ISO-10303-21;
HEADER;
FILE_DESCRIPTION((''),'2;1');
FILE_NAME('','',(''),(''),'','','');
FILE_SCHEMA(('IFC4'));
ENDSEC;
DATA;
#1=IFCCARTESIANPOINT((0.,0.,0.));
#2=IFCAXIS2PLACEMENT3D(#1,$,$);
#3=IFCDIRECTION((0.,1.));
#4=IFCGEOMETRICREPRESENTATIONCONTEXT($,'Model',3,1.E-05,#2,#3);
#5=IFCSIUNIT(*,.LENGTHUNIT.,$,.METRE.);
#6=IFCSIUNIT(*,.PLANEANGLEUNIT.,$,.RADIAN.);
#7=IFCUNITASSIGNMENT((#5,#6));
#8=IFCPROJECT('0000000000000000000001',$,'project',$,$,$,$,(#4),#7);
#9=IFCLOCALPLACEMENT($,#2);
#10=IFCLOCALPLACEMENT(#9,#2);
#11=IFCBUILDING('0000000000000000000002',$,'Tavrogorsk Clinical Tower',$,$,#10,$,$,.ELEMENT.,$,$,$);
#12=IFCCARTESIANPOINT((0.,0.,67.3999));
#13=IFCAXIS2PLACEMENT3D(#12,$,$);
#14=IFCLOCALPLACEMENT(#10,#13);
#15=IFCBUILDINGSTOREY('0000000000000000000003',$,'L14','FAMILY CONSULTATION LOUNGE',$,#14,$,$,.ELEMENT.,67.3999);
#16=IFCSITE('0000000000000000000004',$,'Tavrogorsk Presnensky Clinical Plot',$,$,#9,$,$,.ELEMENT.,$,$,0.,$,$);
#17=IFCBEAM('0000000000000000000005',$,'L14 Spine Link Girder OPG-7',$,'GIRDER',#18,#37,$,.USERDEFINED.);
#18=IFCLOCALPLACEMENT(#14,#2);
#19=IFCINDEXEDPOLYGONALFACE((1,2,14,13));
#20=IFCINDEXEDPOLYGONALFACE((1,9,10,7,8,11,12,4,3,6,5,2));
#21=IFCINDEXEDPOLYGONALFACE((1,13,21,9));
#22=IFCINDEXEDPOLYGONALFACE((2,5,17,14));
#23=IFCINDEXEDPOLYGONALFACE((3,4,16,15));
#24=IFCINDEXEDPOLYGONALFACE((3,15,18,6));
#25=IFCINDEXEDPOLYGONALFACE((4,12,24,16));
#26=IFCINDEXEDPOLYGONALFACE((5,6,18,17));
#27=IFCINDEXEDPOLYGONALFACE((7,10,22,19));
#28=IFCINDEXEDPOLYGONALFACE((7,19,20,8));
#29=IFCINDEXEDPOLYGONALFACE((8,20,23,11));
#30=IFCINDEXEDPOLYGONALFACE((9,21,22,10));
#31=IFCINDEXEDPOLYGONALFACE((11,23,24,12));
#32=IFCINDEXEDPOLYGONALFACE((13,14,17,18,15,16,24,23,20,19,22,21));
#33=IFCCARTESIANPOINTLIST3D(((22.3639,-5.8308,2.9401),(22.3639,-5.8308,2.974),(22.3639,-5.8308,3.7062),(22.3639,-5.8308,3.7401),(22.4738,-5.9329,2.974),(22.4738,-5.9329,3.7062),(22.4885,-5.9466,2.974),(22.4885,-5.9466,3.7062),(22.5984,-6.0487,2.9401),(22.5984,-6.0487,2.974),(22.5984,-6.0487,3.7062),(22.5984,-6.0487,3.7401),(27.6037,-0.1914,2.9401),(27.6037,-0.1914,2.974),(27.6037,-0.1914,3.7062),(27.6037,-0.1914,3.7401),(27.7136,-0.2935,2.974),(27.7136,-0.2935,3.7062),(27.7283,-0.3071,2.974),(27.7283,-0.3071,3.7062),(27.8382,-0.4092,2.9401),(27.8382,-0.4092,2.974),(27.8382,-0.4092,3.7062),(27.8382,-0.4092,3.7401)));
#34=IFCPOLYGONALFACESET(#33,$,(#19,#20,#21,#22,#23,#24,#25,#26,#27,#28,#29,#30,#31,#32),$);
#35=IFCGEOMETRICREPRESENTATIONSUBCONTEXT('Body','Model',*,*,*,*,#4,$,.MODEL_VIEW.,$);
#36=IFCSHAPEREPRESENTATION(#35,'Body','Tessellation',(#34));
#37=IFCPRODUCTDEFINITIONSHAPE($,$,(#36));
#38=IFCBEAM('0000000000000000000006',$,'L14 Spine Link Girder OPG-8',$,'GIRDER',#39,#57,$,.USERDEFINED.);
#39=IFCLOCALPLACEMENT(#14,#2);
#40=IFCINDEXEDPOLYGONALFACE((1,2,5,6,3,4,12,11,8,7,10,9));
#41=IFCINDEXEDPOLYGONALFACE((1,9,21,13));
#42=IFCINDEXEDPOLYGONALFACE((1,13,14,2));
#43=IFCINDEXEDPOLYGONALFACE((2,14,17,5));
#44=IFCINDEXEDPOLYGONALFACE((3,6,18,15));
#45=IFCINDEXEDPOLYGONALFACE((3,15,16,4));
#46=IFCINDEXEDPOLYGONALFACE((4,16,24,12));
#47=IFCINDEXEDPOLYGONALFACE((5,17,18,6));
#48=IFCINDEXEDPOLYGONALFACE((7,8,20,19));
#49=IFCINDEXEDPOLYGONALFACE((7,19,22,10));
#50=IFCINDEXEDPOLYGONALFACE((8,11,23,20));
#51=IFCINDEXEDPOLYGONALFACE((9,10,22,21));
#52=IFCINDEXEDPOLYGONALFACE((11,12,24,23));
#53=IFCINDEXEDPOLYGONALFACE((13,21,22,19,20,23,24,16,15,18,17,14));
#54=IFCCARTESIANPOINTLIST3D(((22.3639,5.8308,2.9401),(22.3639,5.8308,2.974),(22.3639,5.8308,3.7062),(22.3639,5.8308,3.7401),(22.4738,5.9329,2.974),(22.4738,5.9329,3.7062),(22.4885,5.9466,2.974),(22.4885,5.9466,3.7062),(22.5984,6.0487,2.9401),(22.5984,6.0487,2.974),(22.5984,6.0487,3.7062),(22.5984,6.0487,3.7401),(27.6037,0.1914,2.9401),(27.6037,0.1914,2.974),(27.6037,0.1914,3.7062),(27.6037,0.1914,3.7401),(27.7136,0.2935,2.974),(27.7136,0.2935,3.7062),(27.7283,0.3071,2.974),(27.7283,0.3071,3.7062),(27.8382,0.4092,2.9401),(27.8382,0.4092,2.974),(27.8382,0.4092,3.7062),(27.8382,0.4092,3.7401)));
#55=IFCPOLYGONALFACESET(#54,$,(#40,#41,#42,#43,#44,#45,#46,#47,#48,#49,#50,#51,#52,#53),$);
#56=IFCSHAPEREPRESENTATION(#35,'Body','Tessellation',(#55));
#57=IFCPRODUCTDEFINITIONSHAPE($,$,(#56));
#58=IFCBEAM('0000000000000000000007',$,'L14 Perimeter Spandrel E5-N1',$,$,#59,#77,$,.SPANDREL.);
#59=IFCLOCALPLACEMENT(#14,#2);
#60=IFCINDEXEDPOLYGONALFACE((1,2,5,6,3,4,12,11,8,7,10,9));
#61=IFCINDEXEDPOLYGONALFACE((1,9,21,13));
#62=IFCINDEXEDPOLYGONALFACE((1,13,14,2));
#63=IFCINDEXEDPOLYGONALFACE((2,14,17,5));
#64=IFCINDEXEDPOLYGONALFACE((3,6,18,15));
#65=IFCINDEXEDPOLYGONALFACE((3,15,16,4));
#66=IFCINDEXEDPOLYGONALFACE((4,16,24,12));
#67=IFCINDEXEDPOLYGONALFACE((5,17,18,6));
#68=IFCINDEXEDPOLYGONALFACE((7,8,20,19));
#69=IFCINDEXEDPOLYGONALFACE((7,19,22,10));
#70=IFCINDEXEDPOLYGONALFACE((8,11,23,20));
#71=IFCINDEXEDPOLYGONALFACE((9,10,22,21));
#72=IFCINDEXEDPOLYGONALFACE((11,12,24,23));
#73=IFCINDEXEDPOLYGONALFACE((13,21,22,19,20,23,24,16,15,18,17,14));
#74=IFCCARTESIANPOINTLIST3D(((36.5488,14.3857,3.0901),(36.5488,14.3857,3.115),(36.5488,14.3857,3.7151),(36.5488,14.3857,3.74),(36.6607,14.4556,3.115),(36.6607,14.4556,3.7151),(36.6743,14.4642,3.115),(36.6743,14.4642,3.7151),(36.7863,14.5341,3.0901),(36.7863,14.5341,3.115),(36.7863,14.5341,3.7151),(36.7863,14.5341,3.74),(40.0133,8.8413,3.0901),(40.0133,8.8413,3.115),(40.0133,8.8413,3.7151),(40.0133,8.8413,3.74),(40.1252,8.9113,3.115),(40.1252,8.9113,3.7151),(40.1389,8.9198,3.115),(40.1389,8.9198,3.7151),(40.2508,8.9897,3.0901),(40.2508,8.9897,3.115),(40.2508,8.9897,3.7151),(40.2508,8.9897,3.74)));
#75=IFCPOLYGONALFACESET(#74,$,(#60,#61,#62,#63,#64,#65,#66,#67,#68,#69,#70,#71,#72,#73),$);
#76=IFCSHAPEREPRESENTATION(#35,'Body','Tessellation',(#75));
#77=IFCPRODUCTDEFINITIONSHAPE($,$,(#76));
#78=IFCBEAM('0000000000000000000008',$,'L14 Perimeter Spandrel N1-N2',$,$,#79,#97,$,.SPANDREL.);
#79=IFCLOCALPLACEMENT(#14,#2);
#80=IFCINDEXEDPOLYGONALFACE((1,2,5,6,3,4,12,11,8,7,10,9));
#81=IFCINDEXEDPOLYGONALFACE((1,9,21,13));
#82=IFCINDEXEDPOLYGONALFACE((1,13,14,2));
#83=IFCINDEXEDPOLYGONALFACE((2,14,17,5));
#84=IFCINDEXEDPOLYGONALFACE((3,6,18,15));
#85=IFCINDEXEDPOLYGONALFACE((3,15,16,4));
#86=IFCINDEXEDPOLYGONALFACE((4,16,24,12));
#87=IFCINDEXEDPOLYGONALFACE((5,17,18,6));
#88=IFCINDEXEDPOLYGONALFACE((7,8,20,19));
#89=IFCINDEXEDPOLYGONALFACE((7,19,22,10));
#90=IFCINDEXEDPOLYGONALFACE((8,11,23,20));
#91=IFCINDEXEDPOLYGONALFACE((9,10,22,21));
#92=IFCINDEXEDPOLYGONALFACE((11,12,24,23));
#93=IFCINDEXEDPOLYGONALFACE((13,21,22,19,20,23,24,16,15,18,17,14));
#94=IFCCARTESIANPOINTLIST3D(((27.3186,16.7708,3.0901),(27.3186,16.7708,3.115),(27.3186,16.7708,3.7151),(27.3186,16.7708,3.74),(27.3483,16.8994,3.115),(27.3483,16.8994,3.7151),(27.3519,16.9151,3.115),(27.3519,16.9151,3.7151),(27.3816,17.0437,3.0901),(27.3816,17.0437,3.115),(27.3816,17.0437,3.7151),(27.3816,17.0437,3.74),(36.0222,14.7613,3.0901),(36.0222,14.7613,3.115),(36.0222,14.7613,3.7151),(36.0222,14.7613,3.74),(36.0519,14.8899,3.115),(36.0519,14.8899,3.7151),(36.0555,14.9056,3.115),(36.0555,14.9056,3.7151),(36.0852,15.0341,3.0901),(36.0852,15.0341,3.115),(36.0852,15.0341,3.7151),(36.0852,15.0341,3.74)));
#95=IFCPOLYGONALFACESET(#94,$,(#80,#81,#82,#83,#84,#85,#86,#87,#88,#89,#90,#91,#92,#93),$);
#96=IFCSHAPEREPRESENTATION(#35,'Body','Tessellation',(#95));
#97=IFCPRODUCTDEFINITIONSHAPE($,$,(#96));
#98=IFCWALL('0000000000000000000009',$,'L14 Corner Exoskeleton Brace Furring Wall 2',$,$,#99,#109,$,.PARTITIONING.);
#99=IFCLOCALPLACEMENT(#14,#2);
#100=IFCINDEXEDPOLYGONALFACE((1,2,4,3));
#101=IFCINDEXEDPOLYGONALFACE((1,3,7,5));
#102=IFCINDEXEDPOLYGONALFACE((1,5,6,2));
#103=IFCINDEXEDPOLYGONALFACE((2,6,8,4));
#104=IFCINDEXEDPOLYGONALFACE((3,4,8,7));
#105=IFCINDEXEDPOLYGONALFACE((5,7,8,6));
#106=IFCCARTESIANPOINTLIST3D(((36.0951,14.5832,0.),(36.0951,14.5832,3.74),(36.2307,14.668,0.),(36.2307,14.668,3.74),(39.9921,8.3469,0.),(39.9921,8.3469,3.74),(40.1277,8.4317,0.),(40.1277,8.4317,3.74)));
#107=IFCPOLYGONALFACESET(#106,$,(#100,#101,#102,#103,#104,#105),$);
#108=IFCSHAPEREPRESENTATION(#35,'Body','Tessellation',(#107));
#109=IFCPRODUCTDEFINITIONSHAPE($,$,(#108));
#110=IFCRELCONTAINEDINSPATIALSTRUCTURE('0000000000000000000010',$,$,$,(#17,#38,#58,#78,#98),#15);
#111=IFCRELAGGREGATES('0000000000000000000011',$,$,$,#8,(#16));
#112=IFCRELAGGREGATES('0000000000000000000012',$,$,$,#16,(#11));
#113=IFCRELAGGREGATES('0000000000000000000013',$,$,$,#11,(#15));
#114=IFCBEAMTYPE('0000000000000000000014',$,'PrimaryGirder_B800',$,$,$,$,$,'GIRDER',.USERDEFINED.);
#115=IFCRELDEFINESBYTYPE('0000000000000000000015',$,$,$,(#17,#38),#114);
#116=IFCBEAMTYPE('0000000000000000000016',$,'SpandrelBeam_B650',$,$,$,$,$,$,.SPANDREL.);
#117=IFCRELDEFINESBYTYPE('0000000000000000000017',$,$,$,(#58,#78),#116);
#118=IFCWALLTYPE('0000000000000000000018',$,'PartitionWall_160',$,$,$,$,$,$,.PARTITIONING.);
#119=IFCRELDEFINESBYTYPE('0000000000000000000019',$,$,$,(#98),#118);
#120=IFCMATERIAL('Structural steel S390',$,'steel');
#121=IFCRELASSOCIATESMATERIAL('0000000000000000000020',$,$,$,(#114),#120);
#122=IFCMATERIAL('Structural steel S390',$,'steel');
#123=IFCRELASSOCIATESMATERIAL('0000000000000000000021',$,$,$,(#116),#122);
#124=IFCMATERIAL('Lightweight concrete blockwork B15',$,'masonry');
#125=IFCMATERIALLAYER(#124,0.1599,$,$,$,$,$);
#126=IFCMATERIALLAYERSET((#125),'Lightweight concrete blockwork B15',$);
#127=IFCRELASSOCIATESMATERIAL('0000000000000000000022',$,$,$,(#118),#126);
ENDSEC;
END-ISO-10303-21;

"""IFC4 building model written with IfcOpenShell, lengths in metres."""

from ifc_helpers import new_model, si_unit, direction, frame, frame_2d, origin, origin_2d, place, context, subcontext, project, spatial, rectangle, i_section, extrude, material, layer, layer_set, material_profile, profile_set, type_object, element, save


model = new_model("IFC4")

# Units and contexts
model_context = context("Model", 3, precision=1e-05, world=origin(), true_north=direction((0.0, 1.0)))
body_context = subcontext(model_context, "Body", "Model", "MODEL_VIEW")
ifc_project = project(units=[si_unit("LENGTHUNIT", "METRE"), si_unit("PLANEANGLEUNIT", "RADIAN")], contexts=[model_context])

# Site, building, storey
site_placement = place(None, origin())
site = spatial("IfcSite", under=ifc_project, at=site_placement, Name="Tavrogorsk Presnensky Clinical Plot", CompositionType="ELEMENT", RefElevation=0.0)
building_placement = place(site_placement, origin())
building = spatial("IfcBuilding", under=site, at=building_placement, Name="Tavrogorsk Clinical Tower", CompositionType="ELEMENT")
storey_placement = place(building_placement, frame((0.0, 0.0, 67.3999)))
storey = spatial("IfcBuildingStorey", under=building, at=storey_placement, Name="L14", Description="FAMILY CONSULTATION LOUNGE", CompositionType="ELEMENT", Elevation=67.3999)

# Beams
ifc_material_1 = material(Name="Structural steel S390", Category="steel")
ifc_material_profile_1 = material_profile(ifc_material_1, i_section(OverallWidth=0.3201, OverallDepth=0.8, WebThickness=0.02, FlangeThickness=0.0339, at=origin_2d()), Name="B-800x320x20x34")
ifc_profile_set_1 = profile_set([ifc_material_profile_1], Name="Structural steel S390")
beam_type_1 = type_object("IfcBeamType", Name="PrimaryGirder_B800", ElementType="GIRDER", PredefinedType="USERDEFINED", material=ifc_profile_set_1)
for number, where, z_axis, x_axis, name in (
    (1, (27.7209, -0.3003, 3.3401), (-0.680671, -0.732589, 0.0), (0.732589, -0.680671, 0.0), "L14 Spine Link Girder OPG-7"),
    (2, (27.7209, 0.3003, 3.3401), (-0.680671, 0.732589, 0.0), (-0.732589, -0.680671, 0.0), "L14 Spine Link Girder OPG-8"),
):
    element("IfcBeam", number, at=place(storey_placement, frame(where, z_axis=z_axis, x_axis=x_axis)), inside=storey, type_object=beam_type_1, Name=name, ObjectType="GIRDER", PredefinedType="USERDEFINED", context=body_context, shape_type="SweptSolid", body=[
        extrude(i_section(OverallWidth=0.3201, OverallDepth=0.8, WebThickness=0.02, FlangeThickness=0.0339, at=origin_2d()), origin(), (0.0, 0.0, 1.0), 7.698),
    ])
ifc_material_2 = material(Name="Structural steel S390", Category="steel")
ifc_material_profile_2 = material_profile(ifc_material_2, i_section(OverallWidth=0.28, OverallDepth=0.6499, WebThickness=0.0161, FlangeThickness=0.0249, at=origin_2d()), Name="B-650x280x16x25")
ifc_profile_set_2 = profile_set([ifc_material_profile_2], Name="Structural steel S390")
beam_type_2 = type_object("IfcBeamType", Name="SpandrelBeam_B650", PredefinedType="SPANDREL", material=ifc_profile_set_2)
beam_1_placement = place(storey_placement, frame((40.1321, 8.9155, 3.415), z_axis=(-0.529925, 0.848044, 0.0), x_axis=(-0.848044, -0.529925, 0.0)))
element("IfcBeam", 3, at=beam_1_placement, inside=storey, type_object=beam_type_2, Name="L14 Perimeter Spandrel E5-N1", PredefinedType="SPANDREL", context=body_context, shape_type="SweptSolid", body=[
    extrude(i_section(OverallWidth=0.28, OverallDepth=0.6499, WebThickness=0.0161, FlangeThickness=0.0249, at=origin_2d()), origin(), (0.0, 0.0, 1.0), 6.5378),
])
beam_2_placement = place(storey_placement, frame((36.0537, 14.8977, 3.415), z_axis=(-0.974367, 0.224965, 0.0), x_axis=(-0.224965, -0.974367, 0.0)))
element("IfcBeam", 4, at=beam_2_placement, inside=storey, type_object=beam_type_2, Name="L14 Perimeter Spandrel N1-N2", PredefinedType="SPANDREL", context=body_context, shape_type="SweptSolid", body=[
    extrude(i_section(OverallWidth=0.28, OverallDepth=0.6499, WebThickness=0.0161, FlangeThickness=0.0249, at=origin_2d()), origin(), (0.0, 0.0, 1.0), 8.9326),
])

# Wall
ifc_material_3 = material(Name="Lightweight concrete blockwork B15", Category="masonry")
ifc_layer_1 = layer(ifc_material_3, 0.1599)
ifc_layer_set_1 = layer_set([ifc_layer_1], Name="Lightweight concrete blockwork B15")
wall_type_1 = type_object("IfcWallType", Name="PartitionWall_160", PredefinedType="PARTITIONING", material=ifc_layer_set_1)
wall_1_placement = place(storey_placement, frame((40.0598, 8.3894, 0.0), z_axis=(0.0, 0.0, 1.0), x_axis=(-0.529927, 0.848043, 0.0)))
element("IfcWall", 5, at=wall_1_placement, inside=storey, type_object=wall_type_1, Name="L14 Corner Exoskeleton Brace Furring Wall 2", PredefinedType="PARTITIONING", context=body_context, shape_type="SweptSolid", body=[
    extrude(rectangle(XDim=7.3538, YDim=0.1599, at=frame_2d((3.6768, 0.0))), origin(), (0.0, 0.0, 1.0), 3.74),
])

save(model, "model.ifc")
